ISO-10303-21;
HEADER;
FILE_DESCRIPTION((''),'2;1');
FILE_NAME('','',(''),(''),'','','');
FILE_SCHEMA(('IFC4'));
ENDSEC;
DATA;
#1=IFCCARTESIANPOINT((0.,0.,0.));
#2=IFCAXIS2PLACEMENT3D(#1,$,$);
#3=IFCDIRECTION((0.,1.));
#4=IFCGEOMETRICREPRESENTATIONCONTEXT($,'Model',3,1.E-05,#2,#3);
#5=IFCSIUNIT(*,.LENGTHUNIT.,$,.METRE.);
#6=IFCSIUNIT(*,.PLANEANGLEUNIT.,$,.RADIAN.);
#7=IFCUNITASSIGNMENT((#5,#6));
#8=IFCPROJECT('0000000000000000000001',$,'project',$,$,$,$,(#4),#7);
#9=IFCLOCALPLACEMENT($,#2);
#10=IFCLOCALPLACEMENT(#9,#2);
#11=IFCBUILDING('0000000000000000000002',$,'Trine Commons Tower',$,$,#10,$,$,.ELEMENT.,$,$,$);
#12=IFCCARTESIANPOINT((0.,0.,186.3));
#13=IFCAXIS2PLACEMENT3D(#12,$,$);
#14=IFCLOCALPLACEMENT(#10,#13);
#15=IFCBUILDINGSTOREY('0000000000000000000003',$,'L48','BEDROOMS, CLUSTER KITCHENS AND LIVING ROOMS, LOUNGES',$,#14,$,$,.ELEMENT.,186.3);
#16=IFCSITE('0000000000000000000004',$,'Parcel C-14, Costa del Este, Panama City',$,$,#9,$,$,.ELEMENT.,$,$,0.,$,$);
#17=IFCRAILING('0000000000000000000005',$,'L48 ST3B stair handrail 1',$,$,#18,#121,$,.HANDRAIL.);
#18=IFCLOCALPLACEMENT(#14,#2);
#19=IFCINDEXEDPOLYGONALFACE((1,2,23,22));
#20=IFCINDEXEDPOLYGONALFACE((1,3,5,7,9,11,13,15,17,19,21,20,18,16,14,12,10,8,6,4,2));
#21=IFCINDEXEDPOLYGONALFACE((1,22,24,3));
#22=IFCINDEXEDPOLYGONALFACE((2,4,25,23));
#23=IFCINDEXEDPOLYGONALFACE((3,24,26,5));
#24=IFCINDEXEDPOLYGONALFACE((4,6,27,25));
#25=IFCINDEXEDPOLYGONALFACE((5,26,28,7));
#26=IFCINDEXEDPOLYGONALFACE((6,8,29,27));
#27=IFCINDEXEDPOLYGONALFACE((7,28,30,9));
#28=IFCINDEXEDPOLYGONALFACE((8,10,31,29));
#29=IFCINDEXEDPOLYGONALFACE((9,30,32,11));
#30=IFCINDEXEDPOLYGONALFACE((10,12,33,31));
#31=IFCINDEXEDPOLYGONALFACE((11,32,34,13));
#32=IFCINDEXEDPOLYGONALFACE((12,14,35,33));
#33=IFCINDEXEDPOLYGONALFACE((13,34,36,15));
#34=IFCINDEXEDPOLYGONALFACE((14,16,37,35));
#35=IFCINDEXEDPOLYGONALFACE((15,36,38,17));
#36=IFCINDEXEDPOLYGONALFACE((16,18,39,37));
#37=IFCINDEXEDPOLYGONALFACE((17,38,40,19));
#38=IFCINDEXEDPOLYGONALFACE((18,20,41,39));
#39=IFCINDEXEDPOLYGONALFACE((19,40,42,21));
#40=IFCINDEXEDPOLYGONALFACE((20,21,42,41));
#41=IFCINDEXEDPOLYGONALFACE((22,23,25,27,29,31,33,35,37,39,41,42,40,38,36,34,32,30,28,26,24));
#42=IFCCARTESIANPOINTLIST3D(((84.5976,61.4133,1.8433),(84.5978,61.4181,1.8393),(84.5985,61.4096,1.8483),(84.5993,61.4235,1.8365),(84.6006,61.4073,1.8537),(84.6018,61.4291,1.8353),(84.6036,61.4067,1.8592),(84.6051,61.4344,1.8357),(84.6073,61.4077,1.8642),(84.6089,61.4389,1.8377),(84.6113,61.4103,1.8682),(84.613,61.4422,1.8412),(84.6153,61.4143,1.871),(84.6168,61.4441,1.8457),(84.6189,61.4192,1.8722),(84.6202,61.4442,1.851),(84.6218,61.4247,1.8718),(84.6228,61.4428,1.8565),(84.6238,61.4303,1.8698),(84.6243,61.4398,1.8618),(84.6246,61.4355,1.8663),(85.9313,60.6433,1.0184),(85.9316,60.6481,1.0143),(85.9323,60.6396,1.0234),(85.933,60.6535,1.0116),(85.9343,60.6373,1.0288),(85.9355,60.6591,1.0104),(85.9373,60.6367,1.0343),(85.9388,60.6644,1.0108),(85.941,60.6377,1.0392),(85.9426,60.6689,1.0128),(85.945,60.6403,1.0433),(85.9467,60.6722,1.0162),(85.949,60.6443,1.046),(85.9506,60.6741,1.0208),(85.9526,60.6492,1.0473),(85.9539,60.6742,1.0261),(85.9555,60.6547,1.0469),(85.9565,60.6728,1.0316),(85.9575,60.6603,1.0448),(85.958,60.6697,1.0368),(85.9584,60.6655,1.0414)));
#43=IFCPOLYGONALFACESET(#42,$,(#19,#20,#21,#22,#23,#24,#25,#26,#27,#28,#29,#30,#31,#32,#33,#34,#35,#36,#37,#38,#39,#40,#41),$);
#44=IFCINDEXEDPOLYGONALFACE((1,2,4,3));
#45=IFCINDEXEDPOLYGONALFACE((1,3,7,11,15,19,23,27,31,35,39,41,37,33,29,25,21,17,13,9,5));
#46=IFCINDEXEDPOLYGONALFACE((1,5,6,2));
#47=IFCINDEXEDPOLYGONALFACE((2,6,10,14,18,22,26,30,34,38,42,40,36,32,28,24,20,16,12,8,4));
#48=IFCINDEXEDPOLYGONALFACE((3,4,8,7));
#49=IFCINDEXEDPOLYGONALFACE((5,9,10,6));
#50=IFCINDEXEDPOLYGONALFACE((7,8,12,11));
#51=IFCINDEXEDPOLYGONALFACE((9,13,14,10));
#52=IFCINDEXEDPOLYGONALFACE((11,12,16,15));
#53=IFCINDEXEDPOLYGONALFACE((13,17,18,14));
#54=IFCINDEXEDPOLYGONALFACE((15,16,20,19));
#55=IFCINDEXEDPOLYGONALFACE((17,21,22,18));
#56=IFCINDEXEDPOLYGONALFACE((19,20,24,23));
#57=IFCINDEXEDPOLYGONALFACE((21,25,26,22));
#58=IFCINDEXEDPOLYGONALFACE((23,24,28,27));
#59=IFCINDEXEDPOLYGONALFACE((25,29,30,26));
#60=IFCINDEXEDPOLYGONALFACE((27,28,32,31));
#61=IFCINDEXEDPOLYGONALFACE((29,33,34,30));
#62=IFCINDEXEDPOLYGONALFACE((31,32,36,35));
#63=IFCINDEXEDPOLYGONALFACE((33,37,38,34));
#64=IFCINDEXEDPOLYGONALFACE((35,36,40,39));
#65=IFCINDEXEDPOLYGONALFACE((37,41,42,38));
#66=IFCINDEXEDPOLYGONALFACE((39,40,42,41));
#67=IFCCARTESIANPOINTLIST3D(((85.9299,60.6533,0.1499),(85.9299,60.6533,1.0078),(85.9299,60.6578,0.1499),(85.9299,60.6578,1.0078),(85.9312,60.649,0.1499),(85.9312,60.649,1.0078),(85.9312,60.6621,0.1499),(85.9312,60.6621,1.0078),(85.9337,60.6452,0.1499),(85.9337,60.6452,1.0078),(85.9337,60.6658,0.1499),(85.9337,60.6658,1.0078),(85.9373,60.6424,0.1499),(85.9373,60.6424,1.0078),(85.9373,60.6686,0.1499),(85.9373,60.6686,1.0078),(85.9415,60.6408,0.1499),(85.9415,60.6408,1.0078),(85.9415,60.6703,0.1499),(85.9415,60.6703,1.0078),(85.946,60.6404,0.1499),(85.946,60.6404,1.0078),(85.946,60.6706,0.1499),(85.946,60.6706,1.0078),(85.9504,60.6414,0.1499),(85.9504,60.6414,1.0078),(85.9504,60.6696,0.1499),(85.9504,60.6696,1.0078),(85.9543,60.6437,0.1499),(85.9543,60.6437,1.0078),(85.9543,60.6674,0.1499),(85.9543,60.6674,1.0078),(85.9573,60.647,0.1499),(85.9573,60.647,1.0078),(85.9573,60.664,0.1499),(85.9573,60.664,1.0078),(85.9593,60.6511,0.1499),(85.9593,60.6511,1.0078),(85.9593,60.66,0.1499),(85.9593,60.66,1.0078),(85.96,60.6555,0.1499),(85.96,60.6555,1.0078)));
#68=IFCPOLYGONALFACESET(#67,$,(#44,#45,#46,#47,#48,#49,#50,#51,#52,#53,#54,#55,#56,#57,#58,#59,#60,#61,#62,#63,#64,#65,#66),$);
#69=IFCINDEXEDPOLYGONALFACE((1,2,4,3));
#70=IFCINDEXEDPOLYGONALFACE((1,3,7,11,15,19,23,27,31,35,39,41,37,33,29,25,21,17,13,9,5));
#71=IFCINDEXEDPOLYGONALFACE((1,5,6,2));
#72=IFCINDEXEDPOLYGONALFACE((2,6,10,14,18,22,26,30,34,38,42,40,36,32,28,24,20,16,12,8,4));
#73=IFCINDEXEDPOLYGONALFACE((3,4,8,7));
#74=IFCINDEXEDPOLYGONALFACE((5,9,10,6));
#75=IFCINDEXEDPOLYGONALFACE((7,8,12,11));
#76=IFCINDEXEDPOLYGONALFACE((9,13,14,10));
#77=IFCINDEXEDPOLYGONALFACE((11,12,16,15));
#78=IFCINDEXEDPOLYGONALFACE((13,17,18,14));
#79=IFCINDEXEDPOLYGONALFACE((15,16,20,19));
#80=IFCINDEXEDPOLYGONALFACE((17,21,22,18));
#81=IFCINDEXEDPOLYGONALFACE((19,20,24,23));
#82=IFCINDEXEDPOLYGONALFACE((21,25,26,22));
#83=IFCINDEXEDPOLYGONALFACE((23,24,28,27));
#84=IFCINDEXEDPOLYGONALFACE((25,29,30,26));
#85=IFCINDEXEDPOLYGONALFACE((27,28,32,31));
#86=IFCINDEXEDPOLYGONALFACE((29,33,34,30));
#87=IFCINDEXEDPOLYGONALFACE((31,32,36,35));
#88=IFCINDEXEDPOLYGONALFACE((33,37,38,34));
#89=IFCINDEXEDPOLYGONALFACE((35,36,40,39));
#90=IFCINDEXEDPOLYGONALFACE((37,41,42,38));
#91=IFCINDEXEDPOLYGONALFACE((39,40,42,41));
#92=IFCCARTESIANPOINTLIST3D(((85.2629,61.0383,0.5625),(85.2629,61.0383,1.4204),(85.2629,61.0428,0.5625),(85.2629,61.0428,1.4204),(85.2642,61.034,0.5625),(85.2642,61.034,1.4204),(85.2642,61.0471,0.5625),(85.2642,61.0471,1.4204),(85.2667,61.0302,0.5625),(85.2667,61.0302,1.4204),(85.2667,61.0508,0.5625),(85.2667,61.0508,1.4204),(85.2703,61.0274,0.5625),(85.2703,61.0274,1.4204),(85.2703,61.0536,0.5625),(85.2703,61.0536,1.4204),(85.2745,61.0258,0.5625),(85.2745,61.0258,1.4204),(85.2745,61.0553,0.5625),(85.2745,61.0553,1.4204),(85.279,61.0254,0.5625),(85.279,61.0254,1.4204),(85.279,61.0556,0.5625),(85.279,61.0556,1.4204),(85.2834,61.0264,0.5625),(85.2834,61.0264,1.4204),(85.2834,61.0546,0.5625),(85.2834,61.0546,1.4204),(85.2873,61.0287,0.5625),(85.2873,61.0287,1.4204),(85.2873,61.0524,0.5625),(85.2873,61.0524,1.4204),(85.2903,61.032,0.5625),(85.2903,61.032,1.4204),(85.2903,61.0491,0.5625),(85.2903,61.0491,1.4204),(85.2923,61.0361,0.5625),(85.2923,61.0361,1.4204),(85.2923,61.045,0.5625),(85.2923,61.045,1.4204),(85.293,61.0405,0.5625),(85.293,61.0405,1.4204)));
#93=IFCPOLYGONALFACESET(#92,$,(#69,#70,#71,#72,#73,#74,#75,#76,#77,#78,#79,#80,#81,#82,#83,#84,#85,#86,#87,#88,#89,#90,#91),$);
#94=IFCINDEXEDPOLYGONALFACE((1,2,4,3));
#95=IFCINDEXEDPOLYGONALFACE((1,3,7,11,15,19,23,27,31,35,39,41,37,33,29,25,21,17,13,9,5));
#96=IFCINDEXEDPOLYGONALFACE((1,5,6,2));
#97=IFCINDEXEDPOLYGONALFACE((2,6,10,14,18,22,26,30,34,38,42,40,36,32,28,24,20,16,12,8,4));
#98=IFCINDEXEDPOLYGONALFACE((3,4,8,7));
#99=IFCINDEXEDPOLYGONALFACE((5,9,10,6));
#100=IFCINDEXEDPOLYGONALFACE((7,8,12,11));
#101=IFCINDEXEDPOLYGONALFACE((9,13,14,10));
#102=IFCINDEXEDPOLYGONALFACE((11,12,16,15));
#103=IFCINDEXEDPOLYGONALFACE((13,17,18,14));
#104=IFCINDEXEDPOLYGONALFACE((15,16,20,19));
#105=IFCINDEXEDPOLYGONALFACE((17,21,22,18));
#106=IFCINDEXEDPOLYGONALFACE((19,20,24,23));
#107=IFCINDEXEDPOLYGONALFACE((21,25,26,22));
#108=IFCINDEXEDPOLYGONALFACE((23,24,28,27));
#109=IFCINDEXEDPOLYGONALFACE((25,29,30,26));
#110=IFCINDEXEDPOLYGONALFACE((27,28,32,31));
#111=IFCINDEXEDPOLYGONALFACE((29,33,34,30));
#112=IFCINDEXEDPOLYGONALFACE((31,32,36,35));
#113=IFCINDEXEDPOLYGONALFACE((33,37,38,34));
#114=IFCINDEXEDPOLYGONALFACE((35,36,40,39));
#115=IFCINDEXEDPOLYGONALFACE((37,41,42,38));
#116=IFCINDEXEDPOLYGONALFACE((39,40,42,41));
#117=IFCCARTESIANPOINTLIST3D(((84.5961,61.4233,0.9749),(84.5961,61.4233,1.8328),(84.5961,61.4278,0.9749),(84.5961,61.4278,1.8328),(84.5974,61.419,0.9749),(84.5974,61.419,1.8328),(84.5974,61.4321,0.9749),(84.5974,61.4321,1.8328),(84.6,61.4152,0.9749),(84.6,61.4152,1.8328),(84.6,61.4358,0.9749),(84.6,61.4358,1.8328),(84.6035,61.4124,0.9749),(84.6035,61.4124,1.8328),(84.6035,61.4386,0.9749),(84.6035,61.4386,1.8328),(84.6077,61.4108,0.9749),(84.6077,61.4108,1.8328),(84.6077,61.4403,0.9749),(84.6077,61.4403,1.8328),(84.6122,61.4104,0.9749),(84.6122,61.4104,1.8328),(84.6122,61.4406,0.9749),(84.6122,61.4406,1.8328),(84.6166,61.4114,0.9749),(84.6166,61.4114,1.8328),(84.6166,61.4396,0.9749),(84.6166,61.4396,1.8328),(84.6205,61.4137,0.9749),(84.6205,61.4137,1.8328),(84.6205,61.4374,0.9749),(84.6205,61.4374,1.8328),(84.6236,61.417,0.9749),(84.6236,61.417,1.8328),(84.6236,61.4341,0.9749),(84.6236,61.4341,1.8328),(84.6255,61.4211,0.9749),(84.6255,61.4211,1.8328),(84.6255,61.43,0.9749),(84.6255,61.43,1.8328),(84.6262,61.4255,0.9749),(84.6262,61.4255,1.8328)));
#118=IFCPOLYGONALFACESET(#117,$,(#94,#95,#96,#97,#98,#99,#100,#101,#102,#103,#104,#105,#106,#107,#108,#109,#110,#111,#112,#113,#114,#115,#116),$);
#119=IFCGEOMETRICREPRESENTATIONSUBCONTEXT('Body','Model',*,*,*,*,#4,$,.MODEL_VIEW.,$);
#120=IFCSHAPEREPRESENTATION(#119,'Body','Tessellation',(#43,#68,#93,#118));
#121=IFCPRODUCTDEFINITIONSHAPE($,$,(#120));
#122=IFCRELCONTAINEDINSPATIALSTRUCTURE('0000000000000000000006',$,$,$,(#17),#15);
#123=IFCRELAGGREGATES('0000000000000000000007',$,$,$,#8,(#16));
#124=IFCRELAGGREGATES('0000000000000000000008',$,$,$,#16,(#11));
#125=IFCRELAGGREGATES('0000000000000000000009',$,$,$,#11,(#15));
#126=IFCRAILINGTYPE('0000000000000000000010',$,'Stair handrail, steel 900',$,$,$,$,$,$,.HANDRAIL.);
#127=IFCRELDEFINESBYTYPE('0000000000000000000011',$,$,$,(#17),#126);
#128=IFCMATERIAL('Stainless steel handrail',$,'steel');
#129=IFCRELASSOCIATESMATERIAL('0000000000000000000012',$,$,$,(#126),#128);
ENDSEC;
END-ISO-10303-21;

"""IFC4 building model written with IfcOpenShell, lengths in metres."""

from ifc_helpers import new_model, si_unit, direction, frame, origin, origin_2d, place, context, subcontext, project, spatial, circle, extrude, material, type_object, element, save


model = new_model("IFC4")

# Units and contexts
model_context = context("Model", 3, precision=1e-05, world=origin(), true_north=direction((0.0, 1.0)))
body_context = subcontext(model_context, "Body", "Model", "MODEL_VIEW")
ifc_project = project(units=[si_unit("LENGTHUNIT", "METRE"), si_unit("PLANEANGLEUNIT", "RADIAN")], contexts=[model_context])

# Site, building, storey
site_placement = place(None, origin())
site = spatial("IfcSite", under=ifc_project, at=site_placement, Name="Parcel C-14, Costa del Este, Panama City", CompositionType="ELEMENT", RefElevation=0.0)
building_placement = place(site_placement, origin())
building = spatial("IfcBuilding", under=site, at=building_placement, Name="Trine Commons Tower", CompositionType="ELEMENT")
storey_placement = place(building_placement, frame((0.0, 0.0, 186.3)))
storey = spatial("IfcBuildingStorey", under=building, at=storey_placement, Name="L48", Description="BEDROOMS, CLUSTER KITCHENS AND LIVING ROOMS, LOUNGES", CompositionType="ELEMENT", Elevation=186.3)

# Railing
ifc_material_1 = material(Name="Stainless steel handrail", Category="steel")
railing_type = type_object("IfcRailingType", Name="Stair handrail, steel 900", PredefinedType="HANDRAIL", material=ifc_material_1)
railing_placement = place(storey_placement, frame((85.9448, 60.6555, 0.1499)))
element("IfcRailing", 1, at=railing_placement, inside=storey, type_object=railing_type, Name="L48 ST3B stair handrail 1", PredefinedType="HANDRAIL", context=body_context, shape_type="SweptSolid", body=[
    extrude(circle(Radius=0.021, at=origin_2d()), frame((0.0, 0.0, 0.8789), z_axis=(-0.763405, 0.440743, 0.472185), x_axis=(-0.499992, -0.86603, 0.0)), (0.0, 0.0, 1.0), 1.7471),
    extrude(circle(Radius=0.0151, at=origin_2d()), origin(), (0.0, 0.0, 1.0), 0.8579),
    extrude(circle(Radius=0.0151, at=origin_2d()), frame((-0.667, 0.385, 0.4126)), (0.0, 0.0, 1.0), 0.8579),
    extrude(circle(Radius=0.0151, at=origin_2d()), frame((-1.3337, 0.77, 0.825)), (0.0, 0.0, 1.0), 0.8579),
])

save(model, "model.ifc")
